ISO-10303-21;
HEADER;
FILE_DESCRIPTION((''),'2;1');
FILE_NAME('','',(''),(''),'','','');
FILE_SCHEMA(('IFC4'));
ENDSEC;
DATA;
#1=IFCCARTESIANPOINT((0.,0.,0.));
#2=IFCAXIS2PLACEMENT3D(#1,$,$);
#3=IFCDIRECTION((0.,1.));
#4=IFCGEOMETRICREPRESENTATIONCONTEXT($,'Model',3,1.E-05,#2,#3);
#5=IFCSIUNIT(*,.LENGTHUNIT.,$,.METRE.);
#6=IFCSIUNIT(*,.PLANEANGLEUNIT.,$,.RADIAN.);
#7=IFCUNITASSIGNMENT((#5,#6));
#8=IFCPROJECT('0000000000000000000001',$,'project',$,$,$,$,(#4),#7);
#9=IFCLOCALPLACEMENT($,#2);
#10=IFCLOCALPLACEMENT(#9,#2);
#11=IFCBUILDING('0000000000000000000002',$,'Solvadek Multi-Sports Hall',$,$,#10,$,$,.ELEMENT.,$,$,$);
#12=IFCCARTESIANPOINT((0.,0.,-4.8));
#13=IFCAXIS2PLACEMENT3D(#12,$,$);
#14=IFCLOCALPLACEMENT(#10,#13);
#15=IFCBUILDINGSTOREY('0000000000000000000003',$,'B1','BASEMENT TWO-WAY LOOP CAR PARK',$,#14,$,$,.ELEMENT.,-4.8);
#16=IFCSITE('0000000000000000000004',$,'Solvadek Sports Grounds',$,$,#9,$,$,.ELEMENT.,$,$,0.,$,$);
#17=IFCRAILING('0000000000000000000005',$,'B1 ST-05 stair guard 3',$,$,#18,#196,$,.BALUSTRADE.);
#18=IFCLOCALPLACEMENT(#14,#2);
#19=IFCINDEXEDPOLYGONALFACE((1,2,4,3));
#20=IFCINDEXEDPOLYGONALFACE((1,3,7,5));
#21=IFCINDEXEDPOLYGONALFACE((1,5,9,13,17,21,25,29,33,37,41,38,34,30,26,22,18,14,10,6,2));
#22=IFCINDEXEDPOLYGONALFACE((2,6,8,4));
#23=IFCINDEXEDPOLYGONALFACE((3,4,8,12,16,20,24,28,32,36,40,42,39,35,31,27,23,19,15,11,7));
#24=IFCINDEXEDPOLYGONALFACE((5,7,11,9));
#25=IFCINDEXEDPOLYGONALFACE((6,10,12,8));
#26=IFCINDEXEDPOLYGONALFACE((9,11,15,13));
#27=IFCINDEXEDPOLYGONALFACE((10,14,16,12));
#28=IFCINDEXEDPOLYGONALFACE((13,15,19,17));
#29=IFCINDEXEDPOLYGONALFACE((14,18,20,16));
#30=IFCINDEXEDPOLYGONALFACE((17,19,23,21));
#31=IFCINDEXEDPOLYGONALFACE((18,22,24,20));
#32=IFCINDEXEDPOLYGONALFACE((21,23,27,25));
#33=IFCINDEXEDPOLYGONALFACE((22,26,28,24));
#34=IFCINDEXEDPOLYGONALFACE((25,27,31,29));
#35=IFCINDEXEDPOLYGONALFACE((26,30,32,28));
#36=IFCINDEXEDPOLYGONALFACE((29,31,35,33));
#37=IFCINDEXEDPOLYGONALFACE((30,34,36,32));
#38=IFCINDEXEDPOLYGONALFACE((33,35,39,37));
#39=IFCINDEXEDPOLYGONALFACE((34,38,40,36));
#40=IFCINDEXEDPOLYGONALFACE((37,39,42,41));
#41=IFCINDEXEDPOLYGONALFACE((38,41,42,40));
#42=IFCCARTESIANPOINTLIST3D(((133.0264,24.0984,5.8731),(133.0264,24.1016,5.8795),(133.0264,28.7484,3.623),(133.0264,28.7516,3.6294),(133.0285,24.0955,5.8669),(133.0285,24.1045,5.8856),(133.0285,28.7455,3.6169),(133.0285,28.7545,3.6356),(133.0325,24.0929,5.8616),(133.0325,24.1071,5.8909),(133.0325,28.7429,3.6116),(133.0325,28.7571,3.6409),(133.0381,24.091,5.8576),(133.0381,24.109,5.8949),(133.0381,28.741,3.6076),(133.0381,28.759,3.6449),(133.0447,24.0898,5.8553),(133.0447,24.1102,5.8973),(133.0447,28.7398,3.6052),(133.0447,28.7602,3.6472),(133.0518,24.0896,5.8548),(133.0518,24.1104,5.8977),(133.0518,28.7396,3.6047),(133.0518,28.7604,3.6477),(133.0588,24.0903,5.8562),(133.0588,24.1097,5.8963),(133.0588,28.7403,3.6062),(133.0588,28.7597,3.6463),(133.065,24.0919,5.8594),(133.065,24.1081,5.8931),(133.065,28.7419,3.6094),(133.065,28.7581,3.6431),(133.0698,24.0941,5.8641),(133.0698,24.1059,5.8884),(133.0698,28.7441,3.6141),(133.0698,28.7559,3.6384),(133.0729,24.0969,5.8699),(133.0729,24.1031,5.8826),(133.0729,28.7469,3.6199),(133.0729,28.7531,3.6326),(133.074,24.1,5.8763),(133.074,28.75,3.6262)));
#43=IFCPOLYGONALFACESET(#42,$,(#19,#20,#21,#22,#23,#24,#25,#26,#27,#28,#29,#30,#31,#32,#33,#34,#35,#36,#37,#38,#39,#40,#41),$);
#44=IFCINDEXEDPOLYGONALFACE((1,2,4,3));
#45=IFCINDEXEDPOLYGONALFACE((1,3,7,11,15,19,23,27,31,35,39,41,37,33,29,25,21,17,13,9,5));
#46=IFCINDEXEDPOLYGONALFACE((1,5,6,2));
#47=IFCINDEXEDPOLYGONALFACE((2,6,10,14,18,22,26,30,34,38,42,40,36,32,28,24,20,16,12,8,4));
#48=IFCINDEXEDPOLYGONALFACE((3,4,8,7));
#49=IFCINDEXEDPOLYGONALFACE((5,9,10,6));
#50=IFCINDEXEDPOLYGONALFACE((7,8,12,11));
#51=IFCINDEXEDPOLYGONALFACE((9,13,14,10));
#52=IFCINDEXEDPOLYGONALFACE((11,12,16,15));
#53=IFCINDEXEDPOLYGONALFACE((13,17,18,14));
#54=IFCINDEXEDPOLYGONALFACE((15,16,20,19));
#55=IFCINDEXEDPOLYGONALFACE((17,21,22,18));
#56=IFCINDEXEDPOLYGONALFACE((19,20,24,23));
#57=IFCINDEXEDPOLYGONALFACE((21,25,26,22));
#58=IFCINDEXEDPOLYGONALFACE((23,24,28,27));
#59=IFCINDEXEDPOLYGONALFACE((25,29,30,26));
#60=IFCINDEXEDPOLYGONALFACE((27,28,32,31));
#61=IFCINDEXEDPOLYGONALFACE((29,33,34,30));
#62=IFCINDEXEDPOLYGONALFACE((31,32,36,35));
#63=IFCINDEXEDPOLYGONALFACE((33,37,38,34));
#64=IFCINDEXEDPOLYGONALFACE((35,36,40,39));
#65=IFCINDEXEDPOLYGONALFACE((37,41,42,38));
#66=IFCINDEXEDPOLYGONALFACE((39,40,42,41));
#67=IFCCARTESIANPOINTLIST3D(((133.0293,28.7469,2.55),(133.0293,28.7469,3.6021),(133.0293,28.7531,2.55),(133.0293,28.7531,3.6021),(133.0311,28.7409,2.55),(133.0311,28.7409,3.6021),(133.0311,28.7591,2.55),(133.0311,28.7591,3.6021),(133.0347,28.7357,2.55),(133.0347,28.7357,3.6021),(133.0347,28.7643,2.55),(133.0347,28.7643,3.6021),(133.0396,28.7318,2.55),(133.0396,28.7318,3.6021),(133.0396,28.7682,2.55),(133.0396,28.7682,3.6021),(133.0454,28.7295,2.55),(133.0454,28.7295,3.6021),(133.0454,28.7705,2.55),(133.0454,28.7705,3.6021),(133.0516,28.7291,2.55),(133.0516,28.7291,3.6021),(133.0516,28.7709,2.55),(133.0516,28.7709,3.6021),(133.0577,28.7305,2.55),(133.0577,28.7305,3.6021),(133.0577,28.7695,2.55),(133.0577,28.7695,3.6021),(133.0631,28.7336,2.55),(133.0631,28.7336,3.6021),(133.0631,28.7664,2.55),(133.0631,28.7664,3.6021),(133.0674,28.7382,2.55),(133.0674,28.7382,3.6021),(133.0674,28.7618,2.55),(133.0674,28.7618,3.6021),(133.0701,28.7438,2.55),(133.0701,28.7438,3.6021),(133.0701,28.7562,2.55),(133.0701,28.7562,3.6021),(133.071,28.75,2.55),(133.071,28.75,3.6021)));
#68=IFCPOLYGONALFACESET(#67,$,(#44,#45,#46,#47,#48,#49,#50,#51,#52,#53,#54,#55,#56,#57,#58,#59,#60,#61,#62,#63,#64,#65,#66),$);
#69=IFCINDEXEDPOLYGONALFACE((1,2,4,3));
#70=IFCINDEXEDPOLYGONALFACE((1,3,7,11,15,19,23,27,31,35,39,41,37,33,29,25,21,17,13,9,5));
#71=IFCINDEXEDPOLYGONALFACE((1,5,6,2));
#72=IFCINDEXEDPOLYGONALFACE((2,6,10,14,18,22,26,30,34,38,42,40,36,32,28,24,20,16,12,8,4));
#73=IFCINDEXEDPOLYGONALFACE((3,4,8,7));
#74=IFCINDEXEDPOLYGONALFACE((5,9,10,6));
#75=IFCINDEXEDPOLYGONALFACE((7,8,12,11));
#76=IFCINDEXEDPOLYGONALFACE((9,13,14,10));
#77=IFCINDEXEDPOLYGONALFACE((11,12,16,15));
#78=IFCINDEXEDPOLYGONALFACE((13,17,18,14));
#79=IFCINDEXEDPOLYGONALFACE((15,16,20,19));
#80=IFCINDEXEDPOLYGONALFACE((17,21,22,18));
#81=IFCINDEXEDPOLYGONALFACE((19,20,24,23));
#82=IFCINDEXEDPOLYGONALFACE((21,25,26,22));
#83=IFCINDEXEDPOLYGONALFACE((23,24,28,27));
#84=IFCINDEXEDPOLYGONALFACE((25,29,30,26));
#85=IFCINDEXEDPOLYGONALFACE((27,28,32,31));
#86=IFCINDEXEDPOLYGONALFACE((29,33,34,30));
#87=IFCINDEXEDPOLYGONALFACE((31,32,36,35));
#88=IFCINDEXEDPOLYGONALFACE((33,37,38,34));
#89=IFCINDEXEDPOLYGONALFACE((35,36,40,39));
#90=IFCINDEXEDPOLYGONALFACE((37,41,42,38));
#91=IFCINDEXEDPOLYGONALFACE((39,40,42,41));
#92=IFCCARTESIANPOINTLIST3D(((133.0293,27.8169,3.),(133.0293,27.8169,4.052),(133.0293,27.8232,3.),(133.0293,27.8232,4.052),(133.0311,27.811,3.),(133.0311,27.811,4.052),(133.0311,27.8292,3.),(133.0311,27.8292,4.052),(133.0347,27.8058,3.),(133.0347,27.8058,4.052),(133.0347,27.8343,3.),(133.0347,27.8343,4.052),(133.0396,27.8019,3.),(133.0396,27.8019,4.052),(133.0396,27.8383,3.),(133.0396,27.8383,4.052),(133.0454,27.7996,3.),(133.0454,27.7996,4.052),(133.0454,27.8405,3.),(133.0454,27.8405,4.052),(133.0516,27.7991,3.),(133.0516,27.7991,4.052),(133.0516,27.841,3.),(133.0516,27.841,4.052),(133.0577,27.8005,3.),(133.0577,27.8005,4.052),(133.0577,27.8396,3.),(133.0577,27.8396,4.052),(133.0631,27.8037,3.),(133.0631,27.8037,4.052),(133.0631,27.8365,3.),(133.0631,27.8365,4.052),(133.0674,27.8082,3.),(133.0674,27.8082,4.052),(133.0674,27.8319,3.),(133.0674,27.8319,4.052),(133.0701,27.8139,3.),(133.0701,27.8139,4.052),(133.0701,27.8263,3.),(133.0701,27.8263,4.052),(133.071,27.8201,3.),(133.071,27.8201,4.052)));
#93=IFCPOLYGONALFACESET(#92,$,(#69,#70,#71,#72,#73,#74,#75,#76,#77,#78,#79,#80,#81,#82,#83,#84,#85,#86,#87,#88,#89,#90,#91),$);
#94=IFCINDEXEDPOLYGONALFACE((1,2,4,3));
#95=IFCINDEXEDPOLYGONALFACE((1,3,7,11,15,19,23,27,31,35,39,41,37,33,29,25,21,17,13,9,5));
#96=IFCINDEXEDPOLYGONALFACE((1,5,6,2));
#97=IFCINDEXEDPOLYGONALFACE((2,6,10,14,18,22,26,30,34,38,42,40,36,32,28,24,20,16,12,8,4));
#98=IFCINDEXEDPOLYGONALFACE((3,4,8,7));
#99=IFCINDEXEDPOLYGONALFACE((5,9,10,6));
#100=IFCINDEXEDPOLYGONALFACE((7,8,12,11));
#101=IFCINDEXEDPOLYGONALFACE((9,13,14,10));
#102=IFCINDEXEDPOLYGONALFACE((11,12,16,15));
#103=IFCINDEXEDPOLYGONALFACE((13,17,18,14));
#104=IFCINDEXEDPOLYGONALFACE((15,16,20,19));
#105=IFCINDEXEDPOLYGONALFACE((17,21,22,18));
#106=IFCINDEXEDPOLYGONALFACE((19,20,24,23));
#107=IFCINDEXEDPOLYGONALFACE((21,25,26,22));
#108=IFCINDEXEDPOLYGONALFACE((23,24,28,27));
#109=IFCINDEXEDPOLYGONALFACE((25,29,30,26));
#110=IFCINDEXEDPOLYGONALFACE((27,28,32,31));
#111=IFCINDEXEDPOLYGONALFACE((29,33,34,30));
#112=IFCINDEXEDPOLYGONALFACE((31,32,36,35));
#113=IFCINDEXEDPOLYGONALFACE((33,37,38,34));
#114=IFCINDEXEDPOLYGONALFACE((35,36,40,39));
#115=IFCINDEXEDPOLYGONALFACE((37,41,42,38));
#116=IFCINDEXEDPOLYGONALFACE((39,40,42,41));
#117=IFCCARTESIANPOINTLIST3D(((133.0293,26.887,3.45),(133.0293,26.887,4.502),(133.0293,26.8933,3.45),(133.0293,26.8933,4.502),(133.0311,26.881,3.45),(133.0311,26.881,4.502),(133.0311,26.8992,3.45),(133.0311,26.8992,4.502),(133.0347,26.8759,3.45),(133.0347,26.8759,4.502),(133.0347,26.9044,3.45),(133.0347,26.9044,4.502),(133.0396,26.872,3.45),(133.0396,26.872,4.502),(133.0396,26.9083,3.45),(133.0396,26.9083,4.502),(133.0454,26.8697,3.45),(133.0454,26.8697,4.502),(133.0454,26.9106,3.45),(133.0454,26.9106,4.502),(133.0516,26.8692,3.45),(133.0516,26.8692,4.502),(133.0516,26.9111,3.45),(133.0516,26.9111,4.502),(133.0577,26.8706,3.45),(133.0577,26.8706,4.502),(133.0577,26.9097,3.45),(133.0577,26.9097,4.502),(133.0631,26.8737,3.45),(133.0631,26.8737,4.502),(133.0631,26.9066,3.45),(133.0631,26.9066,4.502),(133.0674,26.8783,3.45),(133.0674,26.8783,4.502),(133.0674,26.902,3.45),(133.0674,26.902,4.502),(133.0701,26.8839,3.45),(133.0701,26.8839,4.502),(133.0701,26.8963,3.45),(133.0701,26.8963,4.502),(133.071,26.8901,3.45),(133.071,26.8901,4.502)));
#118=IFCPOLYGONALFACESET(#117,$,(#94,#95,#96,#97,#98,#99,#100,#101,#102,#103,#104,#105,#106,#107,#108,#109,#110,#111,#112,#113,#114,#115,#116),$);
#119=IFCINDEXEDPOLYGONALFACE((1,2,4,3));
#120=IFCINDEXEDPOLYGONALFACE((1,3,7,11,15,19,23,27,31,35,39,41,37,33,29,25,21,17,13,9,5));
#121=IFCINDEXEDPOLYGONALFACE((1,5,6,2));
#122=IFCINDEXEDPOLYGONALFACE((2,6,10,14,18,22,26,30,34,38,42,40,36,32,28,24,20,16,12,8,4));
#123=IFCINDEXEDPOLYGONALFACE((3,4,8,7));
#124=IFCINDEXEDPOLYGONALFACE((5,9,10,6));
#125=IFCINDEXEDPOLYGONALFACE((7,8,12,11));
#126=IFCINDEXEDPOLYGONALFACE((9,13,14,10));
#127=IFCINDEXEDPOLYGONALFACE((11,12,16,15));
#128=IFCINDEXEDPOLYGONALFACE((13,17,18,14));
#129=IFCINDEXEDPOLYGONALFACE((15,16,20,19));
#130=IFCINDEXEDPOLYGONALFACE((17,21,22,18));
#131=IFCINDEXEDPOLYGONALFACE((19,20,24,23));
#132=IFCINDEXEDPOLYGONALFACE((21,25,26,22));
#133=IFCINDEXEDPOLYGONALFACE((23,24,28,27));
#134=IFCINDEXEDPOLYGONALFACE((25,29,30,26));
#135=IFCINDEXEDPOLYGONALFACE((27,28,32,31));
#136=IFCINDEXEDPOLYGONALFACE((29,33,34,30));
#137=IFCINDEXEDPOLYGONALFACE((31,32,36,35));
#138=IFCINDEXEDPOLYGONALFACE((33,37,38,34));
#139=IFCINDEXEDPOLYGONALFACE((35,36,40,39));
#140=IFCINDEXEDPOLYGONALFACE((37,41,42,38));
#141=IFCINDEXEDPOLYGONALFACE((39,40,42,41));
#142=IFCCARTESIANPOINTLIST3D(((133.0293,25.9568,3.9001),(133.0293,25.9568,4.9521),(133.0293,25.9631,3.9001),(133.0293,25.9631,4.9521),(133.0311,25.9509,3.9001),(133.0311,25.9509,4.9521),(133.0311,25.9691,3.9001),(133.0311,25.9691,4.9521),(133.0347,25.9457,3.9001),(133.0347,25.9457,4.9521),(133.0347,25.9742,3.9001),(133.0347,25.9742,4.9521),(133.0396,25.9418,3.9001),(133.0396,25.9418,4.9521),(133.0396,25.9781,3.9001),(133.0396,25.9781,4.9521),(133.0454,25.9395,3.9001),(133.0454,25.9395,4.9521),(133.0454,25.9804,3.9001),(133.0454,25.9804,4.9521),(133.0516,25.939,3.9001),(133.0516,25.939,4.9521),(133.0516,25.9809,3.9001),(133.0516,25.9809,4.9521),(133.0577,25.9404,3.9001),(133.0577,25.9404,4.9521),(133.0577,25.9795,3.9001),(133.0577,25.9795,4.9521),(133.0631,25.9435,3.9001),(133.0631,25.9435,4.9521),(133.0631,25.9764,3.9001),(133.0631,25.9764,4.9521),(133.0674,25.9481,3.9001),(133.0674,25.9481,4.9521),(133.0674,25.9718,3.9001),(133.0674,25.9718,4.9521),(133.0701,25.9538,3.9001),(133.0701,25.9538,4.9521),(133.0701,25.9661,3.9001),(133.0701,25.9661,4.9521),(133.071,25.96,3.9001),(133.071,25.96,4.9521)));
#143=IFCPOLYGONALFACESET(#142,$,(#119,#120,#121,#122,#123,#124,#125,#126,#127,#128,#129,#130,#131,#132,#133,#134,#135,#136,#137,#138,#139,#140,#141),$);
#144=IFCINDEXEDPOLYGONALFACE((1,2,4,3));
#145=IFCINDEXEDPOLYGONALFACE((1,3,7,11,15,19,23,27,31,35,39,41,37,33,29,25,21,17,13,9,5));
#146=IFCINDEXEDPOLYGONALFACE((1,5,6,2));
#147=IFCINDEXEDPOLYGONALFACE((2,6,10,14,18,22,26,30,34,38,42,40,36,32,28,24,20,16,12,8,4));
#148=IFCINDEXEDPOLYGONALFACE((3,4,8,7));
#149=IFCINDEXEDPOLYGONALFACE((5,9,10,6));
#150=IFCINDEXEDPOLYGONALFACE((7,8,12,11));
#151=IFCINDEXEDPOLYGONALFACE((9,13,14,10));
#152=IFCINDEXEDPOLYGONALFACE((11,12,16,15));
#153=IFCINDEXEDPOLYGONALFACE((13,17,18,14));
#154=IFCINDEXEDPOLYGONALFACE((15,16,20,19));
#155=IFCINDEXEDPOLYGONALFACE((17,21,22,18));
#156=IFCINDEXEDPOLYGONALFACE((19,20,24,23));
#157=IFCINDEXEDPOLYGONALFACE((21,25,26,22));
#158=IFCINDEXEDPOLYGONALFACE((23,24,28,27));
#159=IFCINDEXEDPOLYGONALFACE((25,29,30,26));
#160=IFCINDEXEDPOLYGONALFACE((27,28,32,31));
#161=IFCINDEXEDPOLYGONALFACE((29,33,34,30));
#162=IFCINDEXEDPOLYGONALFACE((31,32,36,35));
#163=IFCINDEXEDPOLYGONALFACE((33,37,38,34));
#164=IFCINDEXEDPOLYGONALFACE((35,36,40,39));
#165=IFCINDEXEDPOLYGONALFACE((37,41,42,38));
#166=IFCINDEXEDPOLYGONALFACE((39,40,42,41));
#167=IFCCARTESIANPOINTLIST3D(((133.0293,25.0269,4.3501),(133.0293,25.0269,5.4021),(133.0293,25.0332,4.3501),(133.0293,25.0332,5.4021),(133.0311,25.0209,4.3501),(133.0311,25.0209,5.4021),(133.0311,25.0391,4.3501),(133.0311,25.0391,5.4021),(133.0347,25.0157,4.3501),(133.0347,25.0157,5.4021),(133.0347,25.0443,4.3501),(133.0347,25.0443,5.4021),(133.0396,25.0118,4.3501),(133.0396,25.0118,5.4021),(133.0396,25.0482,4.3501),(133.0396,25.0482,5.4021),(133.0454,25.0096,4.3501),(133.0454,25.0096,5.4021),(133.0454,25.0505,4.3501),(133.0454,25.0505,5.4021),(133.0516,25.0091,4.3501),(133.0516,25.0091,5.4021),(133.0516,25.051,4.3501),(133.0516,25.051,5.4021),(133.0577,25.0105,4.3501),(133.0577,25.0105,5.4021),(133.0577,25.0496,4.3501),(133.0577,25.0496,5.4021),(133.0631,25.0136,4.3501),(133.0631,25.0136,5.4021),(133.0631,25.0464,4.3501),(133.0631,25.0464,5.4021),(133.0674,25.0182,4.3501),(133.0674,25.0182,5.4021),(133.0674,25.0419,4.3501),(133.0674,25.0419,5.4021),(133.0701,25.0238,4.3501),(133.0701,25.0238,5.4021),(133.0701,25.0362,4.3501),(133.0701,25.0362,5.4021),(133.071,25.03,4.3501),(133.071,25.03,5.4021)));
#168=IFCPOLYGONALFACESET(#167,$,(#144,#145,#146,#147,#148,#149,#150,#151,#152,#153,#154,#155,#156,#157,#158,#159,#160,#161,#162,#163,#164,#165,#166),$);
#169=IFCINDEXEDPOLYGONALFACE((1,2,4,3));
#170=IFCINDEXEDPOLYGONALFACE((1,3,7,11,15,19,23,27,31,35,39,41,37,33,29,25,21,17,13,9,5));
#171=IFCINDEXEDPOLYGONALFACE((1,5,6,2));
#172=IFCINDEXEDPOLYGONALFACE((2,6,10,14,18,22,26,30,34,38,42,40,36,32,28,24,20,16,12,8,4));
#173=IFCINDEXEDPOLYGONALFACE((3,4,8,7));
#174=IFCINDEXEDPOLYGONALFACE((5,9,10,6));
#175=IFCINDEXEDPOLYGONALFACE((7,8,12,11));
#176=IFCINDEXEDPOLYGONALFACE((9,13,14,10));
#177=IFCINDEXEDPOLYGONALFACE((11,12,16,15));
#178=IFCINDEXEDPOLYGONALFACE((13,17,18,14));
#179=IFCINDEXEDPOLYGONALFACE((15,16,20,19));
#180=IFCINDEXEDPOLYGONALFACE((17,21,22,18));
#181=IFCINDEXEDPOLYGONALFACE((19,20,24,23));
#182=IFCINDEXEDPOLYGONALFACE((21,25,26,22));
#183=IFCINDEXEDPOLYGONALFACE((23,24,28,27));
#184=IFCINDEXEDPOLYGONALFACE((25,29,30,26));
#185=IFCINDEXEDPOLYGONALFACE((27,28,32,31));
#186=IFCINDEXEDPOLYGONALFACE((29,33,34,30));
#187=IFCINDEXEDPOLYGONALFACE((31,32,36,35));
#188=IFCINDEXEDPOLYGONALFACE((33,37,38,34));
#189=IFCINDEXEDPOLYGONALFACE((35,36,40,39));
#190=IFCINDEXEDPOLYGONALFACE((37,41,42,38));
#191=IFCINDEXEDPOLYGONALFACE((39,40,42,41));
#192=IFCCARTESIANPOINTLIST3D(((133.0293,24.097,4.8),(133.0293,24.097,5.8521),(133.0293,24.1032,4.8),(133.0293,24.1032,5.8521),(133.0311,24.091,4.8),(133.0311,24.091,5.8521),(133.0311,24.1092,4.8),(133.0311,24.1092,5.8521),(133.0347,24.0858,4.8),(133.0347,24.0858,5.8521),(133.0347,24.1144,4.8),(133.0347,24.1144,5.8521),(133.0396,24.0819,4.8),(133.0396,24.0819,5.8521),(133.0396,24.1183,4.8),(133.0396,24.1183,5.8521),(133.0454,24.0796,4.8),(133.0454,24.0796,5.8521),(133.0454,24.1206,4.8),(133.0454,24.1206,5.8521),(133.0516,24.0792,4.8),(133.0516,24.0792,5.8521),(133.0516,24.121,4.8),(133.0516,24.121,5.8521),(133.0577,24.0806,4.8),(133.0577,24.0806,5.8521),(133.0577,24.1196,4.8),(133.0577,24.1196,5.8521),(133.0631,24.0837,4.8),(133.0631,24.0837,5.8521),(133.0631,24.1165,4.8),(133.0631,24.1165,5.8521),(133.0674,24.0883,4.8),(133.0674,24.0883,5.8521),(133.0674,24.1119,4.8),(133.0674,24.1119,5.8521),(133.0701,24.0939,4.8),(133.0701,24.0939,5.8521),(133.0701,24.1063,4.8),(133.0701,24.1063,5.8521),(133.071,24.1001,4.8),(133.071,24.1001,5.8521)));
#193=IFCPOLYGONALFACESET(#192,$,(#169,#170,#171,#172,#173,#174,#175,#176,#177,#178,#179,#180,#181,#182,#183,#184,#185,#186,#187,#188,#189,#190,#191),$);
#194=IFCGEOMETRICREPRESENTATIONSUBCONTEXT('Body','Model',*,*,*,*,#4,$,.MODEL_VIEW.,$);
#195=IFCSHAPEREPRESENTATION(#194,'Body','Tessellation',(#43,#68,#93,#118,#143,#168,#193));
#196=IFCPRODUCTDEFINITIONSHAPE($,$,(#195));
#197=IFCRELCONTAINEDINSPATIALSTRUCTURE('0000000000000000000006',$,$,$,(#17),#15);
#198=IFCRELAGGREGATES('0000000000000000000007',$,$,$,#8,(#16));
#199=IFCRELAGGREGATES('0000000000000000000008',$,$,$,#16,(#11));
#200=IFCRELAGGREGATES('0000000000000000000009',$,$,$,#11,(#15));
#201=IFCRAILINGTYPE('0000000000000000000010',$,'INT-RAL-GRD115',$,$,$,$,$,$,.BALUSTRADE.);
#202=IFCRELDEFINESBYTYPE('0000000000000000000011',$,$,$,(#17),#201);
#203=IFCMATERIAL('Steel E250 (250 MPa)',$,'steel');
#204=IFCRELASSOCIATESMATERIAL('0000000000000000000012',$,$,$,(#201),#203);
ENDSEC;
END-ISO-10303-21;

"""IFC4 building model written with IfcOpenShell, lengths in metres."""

from ifc_helpers import new_model, si_unit, direction, frame, origin, origin_2d, place, context, subcontext, project, spatial, circle, extrude, material, type_object, element, save


model = new_model("IFC4")

# Units and contexts
model_context = context("Model", 3, precision=1e-05, world=origin(), true_north=direction((0.0, 1.0)))
body_context = subcontext(model_context, "Body", "Model", "MODEL_VIEW")
ifc_project = project(units=[si_unit("LENGTHUNIT", "METRE"), si_unit("PLANEANGLEUNIT", "RADIAN")], contexts=[model_context])

# Site, building, storey
site_placement = place(None, origin())
site = spatial("IfcSite", under=ifc_project, at=site_placement, Name="Solvadek Sports Grounds", CompositionType="ELEMENT", RefElevation=0.0)
building_placement = place(site_placement, origin())
building = spatial("IfcBuilding", under=site, at=building_placement, Name="Solvadek Multi-Sports Hall", CompositionType="ELEMENT")
storey_placement = place(building_placement, frame((0.0, 0.0, -4.8)))
storey = spatial("IfcBuildingStorey", under=building, at=storey_placement, Name="B1", Description="BASEMENT TWO-WAY LOOP CAR PARK", CompositionType="ELEMENT", Elevation=-4.8)

# Railing
ifc_material_1 = material(Name="Steel E250 (250 MPa)", Category="steel")
railing_type_1 = type_object("IfcRailingType", Name="INT-RAL-GRD115", PredefinedType="BALUSTRADE", material=ifc_material_1)
railing_1_placement = place(storey_placement, frame((133.05, 28.75, 2.55)))
element("IfcRailing", 1, at=railing_1_placement, inside=storey, type_object=railing_type_1, Name="B1 ST-05 stair guard 3", PredefinedType="BALUSTRADE", context=body_context, shape_type="SweptSolid", body=[
    extrude(circle(Radius=0.0239, at=origin_2d()), frame((0.0, 0.0, 1.0762), z_axis=(0.0, -0.900156, 0.435568), x_axis=(1.0, 0.0, 0.0)), (0.0, 0.0, 1.0), 5.1658),
    extrude(circle(Radius=0.021, at=origin_2d()), origin(), (0.0, 0.0, 1.0), 1.052),
    extrude(circle(Radius=0.021, at=origin_2d()), frame((0.0, -0.9299, 0.45)), (0.0, 0.0, 1.0), 1.052),
    extrude(circle(Radius=0.021, at=origin_2d()), frame((0.0, -1.8599, 0.8999)), (0.0, 0.0, 1.0), 1.052),
    extrude(circle(Radius=0.021, at=origin_2d()), frame((0.0, -2.79, 1.3501)), (0.0, 0.0, 1.0), 1.052),
    extrude(circle(Radius=0.021, at=origin_2d()), frame((0.0, -3.72, 1.8)), (0.0, 0.0, 1.0), 1.052),
    extrude(circle(Radius=0.021, at=origin_2d()), frame((0.0, -4.6499, 2.25)), (0.0, 0.0, 1.0), 1.052),
])

save(model, "model.ifc")
